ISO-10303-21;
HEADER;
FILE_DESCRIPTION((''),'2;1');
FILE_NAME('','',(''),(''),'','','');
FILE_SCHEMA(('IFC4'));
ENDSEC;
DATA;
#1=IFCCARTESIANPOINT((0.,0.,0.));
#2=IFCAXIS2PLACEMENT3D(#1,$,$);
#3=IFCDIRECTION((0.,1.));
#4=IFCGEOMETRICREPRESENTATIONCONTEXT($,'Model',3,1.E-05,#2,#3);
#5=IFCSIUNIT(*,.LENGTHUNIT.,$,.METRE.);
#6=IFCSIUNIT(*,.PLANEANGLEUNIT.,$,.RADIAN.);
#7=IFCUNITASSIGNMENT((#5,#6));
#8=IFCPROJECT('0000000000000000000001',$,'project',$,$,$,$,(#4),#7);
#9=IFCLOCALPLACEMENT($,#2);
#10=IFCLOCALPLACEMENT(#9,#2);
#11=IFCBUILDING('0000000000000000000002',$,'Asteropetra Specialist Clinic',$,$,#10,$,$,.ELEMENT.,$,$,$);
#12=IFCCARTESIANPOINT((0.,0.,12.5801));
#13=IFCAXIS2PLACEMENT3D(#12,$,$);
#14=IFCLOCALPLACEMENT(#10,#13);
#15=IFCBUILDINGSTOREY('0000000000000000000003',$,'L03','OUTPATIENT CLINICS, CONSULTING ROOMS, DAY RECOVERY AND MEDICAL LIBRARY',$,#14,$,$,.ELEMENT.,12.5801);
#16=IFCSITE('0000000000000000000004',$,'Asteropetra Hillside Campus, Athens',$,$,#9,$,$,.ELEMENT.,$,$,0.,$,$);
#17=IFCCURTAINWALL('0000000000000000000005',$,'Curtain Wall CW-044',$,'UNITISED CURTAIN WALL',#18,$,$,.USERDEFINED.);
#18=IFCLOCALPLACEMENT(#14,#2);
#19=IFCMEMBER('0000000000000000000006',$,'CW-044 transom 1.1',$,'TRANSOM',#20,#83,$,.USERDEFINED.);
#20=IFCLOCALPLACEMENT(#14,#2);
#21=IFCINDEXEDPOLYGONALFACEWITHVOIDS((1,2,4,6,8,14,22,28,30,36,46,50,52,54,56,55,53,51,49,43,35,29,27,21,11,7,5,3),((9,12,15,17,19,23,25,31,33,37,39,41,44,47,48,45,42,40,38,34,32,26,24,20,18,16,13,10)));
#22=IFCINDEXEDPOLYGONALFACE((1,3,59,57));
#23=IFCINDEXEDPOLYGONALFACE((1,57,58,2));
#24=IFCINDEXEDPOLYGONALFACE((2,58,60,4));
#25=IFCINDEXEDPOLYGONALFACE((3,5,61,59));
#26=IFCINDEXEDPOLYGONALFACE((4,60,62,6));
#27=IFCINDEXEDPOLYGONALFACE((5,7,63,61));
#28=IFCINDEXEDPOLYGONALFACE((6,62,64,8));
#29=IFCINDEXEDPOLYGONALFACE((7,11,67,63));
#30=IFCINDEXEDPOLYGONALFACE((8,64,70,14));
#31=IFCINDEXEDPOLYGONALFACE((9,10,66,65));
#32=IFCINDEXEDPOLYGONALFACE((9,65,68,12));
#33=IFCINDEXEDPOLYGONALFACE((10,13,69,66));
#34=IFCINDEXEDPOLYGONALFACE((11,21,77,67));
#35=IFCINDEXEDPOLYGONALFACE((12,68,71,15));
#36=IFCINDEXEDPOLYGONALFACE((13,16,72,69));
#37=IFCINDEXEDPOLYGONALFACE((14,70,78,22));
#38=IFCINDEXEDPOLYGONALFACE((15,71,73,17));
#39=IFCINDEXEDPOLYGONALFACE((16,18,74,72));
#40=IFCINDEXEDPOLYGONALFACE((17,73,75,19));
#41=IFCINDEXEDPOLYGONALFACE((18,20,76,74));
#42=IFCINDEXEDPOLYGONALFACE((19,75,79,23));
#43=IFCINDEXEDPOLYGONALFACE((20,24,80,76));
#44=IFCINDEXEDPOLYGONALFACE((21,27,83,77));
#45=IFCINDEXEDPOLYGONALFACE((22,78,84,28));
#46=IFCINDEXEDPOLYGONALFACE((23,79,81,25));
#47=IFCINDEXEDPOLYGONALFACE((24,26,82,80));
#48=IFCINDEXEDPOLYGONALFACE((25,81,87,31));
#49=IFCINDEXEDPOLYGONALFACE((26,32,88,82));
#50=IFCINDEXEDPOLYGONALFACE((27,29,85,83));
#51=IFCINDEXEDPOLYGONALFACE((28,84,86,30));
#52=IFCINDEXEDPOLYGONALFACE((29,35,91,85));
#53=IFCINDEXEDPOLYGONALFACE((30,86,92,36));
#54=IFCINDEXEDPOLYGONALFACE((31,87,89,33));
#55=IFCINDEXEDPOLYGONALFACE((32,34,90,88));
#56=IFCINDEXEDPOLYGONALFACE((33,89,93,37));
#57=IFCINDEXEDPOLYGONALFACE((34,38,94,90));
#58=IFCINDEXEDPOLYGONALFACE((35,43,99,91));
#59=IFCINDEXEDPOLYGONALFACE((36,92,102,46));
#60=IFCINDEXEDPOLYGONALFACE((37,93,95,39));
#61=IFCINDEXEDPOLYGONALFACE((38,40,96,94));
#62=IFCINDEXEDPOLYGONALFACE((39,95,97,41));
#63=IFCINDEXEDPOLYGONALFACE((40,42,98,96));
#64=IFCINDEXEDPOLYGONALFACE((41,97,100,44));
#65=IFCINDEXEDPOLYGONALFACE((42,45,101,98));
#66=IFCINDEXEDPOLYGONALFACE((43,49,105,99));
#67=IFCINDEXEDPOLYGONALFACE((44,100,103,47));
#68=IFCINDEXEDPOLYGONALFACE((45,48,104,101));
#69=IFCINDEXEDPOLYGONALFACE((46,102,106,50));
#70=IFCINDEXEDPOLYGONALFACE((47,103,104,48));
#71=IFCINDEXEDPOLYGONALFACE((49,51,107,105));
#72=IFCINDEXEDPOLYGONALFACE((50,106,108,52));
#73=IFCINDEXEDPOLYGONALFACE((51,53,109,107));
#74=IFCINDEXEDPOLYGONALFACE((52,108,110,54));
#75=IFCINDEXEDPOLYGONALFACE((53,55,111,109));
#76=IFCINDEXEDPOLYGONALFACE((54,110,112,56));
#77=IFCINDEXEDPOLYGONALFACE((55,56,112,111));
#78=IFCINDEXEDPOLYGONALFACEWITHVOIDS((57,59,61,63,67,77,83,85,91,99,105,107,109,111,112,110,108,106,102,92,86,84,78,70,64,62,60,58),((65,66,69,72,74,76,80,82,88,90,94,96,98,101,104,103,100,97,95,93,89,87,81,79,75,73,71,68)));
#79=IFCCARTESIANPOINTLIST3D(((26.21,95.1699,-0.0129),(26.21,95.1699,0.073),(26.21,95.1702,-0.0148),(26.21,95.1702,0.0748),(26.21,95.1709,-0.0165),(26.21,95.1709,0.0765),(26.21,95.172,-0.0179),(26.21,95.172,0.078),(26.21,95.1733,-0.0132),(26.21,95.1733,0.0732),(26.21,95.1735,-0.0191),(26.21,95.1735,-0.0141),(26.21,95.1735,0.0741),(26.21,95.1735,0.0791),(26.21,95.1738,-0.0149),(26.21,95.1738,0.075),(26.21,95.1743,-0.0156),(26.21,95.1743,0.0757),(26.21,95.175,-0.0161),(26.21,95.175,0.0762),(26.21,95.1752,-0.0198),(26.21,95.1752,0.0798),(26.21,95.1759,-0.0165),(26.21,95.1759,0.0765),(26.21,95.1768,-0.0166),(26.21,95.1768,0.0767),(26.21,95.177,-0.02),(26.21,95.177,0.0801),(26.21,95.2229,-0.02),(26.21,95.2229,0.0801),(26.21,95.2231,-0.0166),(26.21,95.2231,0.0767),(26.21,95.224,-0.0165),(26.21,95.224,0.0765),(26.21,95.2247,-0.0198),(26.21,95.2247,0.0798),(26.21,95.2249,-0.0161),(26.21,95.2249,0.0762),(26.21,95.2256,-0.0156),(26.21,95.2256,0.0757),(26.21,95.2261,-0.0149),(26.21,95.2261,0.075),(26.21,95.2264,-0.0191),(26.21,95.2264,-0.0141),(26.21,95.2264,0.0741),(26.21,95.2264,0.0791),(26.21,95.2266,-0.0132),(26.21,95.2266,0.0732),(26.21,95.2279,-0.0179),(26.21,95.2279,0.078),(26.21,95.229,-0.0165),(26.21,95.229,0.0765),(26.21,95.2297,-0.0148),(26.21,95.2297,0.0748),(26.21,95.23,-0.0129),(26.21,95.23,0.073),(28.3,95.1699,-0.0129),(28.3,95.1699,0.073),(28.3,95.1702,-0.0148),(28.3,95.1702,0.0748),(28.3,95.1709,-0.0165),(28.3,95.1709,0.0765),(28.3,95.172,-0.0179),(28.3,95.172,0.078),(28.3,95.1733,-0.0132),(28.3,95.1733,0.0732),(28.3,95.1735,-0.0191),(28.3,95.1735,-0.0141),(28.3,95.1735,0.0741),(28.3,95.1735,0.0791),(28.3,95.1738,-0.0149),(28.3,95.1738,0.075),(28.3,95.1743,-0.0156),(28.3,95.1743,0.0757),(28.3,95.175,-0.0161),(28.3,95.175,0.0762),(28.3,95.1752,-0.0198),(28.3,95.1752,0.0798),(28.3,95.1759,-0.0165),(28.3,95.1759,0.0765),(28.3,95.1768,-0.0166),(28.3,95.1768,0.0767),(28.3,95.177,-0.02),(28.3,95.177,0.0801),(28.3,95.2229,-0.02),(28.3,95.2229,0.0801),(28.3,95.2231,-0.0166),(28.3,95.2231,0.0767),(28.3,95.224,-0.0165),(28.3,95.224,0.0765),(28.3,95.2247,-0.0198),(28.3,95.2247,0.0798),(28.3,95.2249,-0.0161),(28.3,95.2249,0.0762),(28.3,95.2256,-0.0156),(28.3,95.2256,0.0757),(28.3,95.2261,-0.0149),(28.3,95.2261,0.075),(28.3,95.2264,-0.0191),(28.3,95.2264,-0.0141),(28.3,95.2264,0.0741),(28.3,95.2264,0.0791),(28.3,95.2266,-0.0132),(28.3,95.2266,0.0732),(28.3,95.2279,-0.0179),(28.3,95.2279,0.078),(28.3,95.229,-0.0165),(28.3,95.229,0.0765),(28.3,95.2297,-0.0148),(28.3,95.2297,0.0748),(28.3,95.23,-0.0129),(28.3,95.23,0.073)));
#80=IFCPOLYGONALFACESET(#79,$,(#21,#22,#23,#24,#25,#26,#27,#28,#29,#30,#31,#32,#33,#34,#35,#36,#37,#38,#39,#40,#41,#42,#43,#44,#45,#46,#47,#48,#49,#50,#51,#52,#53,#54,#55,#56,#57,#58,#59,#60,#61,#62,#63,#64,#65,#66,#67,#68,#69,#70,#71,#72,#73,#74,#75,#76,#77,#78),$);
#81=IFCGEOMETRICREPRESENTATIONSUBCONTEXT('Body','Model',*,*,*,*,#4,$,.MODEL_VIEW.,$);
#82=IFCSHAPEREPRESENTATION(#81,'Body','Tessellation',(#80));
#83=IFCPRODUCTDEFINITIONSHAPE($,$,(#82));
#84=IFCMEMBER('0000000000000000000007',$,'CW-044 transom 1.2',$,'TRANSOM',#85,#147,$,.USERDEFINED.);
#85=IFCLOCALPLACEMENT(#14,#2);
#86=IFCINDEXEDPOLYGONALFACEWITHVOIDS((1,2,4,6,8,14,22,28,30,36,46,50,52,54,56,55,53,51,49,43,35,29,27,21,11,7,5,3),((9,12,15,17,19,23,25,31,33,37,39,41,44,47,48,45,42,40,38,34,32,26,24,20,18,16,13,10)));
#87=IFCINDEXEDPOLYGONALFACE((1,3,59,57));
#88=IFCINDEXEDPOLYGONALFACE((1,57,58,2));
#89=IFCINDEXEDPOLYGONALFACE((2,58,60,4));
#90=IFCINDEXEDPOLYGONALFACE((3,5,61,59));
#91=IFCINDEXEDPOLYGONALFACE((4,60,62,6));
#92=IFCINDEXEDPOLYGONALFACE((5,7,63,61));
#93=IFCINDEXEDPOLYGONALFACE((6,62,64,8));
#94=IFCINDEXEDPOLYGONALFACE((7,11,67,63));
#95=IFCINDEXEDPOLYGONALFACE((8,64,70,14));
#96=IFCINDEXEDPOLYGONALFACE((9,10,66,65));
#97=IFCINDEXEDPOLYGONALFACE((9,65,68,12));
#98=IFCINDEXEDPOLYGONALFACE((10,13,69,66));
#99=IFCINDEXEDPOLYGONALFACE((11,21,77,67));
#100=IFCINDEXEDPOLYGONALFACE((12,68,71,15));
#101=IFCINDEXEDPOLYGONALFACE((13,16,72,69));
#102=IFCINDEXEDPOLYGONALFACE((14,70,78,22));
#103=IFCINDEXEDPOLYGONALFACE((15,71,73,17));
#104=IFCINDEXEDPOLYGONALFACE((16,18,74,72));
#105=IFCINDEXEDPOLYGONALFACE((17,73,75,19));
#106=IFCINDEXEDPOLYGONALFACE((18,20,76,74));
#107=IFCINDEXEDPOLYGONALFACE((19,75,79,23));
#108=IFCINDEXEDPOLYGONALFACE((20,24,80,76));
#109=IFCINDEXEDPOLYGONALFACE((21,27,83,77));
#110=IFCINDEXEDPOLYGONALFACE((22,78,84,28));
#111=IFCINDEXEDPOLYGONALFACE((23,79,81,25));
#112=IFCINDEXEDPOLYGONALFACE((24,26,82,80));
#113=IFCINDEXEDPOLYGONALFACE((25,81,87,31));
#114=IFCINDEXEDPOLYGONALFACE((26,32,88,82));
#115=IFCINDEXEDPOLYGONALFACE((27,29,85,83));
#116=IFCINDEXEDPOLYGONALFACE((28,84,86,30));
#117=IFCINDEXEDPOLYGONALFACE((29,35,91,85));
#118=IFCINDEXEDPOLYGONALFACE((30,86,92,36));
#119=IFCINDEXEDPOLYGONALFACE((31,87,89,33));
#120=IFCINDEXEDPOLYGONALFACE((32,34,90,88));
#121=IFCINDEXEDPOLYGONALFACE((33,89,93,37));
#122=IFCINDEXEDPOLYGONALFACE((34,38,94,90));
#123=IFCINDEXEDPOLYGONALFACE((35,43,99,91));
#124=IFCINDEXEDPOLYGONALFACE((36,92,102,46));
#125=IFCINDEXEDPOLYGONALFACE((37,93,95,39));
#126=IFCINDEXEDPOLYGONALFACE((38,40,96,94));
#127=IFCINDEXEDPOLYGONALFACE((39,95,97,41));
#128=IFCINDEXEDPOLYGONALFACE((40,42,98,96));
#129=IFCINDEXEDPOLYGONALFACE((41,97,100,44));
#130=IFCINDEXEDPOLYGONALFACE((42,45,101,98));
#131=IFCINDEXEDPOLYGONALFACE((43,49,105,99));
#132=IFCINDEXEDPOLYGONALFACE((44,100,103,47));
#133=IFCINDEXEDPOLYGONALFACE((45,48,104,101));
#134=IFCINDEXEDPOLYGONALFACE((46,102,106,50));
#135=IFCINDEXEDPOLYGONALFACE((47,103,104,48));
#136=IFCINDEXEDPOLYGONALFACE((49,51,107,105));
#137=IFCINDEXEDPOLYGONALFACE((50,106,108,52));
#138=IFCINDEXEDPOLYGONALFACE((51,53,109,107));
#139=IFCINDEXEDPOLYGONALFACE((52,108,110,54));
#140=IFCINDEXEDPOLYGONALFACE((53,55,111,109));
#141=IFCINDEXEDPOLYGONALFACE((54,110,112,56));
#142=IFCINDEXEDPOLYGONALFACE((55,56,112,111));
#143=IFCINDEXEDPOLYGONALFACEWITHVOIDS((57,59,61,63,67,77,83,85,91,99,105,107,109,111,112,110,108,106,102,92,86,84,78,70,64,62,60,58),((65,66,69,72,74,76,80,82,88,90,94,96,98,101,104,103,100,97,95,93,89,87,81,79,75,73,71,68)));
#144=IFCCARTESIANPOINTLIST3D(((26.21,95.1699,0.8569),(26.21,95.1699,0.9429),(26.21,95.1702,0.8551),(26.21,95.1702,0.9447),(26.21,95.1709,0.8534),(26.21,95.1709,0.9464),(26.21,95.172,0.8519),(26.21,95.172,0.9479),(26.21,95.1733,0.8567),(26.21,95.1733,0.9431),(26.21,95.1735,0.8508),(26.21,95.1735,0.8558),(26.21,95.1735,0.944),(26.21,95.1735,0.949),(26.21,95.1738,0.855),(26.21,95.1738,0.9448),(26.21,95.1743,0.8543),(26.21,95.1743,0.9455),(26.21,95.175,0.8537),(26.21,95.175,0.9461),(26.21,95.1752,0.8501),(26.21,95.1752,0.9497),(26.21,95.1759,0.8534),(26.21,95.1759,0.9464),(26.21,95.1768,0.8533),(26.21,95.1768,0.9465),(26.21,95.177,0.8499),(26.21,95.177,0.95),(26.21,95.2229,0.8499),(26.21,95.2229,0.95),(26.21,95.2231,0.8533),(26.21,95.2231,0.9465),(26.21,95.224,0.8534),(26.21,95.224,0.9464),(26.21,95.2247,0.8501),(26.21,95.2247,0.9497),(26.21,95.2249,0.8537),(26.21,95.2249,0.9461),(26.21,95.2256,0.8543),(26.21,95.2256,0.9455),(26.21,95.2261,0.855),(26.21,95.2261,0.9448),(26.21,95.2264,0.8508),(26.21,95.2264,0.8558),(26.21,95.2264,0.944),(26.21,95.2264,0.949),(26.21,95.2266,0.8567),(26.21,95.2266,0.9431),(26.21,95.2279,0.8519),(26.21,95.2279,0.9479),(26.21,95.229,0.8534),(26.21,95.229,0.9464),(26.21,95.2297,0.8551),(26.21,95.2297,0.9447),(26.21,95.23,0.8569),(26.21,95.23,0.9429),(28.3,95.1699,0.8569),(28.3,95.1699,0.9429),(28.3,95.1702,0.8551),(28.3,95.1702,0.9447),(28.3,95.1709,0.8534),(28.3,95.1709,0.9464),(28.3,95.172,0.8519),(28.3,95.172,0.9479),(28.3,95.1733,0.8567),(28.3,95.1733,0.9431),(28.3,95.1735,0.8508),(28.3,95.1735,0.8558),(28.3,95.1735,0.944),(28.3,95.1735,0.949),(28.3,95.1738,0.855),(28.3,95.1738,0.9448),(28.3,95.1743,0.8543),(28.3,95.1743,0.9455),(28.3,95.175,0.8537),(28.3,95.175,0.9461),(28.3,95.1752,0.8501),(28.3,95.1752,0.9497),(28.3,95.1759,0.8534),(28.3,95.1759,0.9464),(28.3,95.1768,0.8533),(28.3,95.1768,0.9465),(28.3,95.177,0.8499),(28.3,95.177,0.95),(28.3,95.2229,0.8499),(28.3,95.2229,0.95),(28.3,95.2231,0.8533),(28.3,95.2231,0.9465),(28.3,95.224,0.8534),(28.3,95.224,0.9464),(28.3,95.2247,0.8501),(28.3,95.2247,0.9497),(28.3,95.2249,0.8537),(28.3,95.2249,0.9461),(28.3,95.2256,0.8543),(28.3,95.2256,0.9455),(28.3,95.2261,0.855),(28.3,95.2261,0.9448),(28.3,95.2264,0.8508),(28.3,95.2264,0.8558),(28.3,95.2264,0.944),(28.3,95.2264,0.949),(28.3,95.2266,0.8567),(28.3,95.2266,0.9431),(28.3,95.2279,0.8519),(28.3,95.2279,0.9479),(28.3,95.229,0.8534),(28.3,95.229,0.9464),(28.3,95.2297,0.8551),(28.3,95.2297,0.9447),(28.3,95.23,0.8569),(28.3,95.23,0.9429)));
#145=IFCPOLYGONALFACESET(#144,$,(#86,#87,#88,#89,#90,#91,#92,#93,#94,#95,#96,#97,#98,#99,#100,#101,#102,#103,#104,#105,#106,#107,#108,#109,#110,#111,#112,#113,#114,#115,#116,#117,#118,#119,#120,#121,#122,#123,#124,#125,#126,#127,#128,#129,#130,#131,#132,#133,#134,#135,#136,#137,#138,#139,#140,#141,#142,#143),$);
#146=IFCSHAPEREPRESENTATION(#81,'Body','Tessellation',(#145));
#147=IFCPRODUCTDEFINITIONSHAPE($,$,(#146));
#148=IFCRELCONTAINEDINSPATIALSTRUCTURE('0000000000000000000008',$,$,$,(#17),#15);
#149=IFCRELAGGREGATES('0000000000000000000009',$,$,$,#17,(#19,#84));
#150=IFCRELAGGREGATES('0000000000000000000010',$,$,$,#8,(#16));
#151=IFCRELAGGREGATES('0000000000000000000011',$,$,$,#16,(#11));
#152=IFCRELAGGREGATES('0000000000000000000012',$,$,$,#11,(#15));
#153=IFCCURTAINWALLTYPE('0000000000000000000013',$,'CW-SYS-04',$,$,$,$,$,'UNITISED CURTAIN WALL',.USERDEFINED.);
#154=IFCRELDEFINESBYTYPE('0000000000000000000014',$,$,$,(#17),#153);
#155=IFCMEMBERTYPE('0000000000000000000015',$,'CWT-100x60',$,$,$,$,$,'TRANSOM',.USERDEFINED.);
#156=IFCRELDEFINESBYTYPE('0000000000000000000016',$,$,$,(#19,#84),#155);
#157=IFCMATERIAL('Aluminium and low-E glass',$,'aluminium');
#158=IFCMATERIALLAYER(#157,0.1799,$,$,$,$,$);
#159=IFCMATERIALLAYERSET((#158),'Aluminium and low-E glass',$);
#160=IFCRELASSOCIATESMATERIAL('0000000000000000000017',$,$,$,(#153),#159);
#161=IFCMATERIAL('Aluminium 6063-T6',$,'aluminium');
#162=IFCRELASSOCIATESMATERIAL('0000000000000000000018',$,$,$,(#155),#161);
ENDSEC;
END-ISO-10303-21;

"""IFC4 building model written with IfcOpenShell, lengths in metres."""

from ifc_helpers import new_model, si_unit, direction, frame, origin, origin_2d, place, context, subcontext, project, spatial, hollow_rectangle, extrude, material, layer, layer_set, material_profile, profile_set, type_object, element, aggregate, save


model = new_model("IFC4")

# Units and contexts
model_context = context("Model", 3, precision=1e-05, world=origin(), true_north=direction((0.0, 1.0)))
body_context = subcontext(model_context, "Body", "Model", "MODEL_VIEW")
ifc_project = project(units=[si_unit("LENGTHUNIT", "METRE"), si_unit("PLANEANGLEUNIT", "RADIAN")], contexts=[model_context])

# Site, building, storey
site_placement = place(None, origin())
site = spatial("IfcSite", under=ifc_project, at=site_placement, Name="Asteropetra Hillside Campus, Athens", CompositionType="ELEMENT", RefElevation=0.0)
building_placement = place(site_placement, origin())
building = spatial("IfcBuilding", under=site, at=building_placement, Name="Asteropetra Specialist Clinic", CompositionType="ELEMENT")
storey_placement = place(building_placement, frame((0.0, 0.0, 12.5801)))
storey = spatial("IfcBuildingStorey", under=building, at=storey_placement, Name="L03", Description="OUTPATIENT CLINICS, CONSULTING ROOMS, DAY RECOVERY AND MEDICAL LIBRARY", CompositionType="ELEMENT", Elevation=12.5801)

# Curtain wall
ifc_material_1 = material(Name="Aluminium and low-E glass", Category="aluminium")
ifc_layer_1 = layer(ifc_material_1, 0.1799)
ifc_layer_set_1 = layer_set([ifc_layer_1], Name="Aluminium and low-E glass")
curtain_wall_type_1 = type_object("IfcCurtainWallType", Name="CW-SYS-04", ElementType="UNITISED CURTAIN WALL", PredefinedType="USERDEFINED", material=ifc_layer_set_1)
curtain_wall_1_placement = place(storey_placement, origin())
curtain_wall_1 = element("IfcCurtainWall", 1, at=curtain_wall_1_placement, inside=storey, type_object=curtain_wall_type_1, Name="Curtain Wall CW-044", ObjectType="UNITISED CURTAIN WALL", PredefinedType="USERDEFINED")

# Members
ifc_material_2 = material(Name="Aluminium 6063-T6", Category="aluminium")
ifc_material_profile_1 = material_profile(ifc_material_2, hollow_rectangle(XDim=0.0601, YDim=0.1001, WallThickness=0.0034, InnerFilletRadius=0.0034, OuterFilletRadius=0.0071, at=origin_2d()), Name="TRN 100x60x3.5")
ifc_profile_set_1 = profile_set([ifc_material_profile_1], Name="Aluminium 6063-T6")
member_type_1 = type_object("IfcMemberType", Name="CWT-100x60", ElementType="TRANSOM", PredefinedType="USERDEFINED", material=ifc_profile_set_1)
member_1_placement = place(storey_placement, frame((28.3, 95.2, 0.03), z_axis=(-1.0, 0.0, 0.0), x_axis=(0.0, -1.0, 0.0)))
member_1 = element("IfcMember", 2, at=member_1_placement, type_object=member_type_1, Name="CW-044 transom 1.1", ObjectType="TRANSOM", PredefinedType="USERDEFINED", context=body_context, shape_type="SweptSolid", body=[
    extrude(hollow_rectangle(XDim=0.0601, YDim=0.1001, WallThickness=0.0034, InnerFilletRadius=0.0034, OuterFilletRadius=0.0071, at=origin_2d()), origin(), (0.0, 0.0, 1.0), 2.0901),
])
member_2_placement = place(storey_placement, frame((28.3, 95.2, 0.8999), z_axis=(-1.0, 0.0, 0.0), x_axis=(0.0, -1.0, 0.0)))
member_2 = element("IfcMember", 3, at=member_2_placement, type_object=member_type_1, Name="CW-044 transom 1.2", ObjectType="TRANSOM", PredefinedType="USERDEFINED", context=body_context, shape_type="SweptSolid", body=[
    extrude(hollow_rectangle(XDim=0.0601, YDim=0.1001, WallThickness=0.0034, InnerFilletRadius=0.0034, OuterFilletRadius=0.0071, at=origin_2d()), origin(), (0.0, 0.0, 1.0), 2.0901),
])

aggregate(curtain_wall_1, [member_1, member_2])

save(model, "model.ifc")
